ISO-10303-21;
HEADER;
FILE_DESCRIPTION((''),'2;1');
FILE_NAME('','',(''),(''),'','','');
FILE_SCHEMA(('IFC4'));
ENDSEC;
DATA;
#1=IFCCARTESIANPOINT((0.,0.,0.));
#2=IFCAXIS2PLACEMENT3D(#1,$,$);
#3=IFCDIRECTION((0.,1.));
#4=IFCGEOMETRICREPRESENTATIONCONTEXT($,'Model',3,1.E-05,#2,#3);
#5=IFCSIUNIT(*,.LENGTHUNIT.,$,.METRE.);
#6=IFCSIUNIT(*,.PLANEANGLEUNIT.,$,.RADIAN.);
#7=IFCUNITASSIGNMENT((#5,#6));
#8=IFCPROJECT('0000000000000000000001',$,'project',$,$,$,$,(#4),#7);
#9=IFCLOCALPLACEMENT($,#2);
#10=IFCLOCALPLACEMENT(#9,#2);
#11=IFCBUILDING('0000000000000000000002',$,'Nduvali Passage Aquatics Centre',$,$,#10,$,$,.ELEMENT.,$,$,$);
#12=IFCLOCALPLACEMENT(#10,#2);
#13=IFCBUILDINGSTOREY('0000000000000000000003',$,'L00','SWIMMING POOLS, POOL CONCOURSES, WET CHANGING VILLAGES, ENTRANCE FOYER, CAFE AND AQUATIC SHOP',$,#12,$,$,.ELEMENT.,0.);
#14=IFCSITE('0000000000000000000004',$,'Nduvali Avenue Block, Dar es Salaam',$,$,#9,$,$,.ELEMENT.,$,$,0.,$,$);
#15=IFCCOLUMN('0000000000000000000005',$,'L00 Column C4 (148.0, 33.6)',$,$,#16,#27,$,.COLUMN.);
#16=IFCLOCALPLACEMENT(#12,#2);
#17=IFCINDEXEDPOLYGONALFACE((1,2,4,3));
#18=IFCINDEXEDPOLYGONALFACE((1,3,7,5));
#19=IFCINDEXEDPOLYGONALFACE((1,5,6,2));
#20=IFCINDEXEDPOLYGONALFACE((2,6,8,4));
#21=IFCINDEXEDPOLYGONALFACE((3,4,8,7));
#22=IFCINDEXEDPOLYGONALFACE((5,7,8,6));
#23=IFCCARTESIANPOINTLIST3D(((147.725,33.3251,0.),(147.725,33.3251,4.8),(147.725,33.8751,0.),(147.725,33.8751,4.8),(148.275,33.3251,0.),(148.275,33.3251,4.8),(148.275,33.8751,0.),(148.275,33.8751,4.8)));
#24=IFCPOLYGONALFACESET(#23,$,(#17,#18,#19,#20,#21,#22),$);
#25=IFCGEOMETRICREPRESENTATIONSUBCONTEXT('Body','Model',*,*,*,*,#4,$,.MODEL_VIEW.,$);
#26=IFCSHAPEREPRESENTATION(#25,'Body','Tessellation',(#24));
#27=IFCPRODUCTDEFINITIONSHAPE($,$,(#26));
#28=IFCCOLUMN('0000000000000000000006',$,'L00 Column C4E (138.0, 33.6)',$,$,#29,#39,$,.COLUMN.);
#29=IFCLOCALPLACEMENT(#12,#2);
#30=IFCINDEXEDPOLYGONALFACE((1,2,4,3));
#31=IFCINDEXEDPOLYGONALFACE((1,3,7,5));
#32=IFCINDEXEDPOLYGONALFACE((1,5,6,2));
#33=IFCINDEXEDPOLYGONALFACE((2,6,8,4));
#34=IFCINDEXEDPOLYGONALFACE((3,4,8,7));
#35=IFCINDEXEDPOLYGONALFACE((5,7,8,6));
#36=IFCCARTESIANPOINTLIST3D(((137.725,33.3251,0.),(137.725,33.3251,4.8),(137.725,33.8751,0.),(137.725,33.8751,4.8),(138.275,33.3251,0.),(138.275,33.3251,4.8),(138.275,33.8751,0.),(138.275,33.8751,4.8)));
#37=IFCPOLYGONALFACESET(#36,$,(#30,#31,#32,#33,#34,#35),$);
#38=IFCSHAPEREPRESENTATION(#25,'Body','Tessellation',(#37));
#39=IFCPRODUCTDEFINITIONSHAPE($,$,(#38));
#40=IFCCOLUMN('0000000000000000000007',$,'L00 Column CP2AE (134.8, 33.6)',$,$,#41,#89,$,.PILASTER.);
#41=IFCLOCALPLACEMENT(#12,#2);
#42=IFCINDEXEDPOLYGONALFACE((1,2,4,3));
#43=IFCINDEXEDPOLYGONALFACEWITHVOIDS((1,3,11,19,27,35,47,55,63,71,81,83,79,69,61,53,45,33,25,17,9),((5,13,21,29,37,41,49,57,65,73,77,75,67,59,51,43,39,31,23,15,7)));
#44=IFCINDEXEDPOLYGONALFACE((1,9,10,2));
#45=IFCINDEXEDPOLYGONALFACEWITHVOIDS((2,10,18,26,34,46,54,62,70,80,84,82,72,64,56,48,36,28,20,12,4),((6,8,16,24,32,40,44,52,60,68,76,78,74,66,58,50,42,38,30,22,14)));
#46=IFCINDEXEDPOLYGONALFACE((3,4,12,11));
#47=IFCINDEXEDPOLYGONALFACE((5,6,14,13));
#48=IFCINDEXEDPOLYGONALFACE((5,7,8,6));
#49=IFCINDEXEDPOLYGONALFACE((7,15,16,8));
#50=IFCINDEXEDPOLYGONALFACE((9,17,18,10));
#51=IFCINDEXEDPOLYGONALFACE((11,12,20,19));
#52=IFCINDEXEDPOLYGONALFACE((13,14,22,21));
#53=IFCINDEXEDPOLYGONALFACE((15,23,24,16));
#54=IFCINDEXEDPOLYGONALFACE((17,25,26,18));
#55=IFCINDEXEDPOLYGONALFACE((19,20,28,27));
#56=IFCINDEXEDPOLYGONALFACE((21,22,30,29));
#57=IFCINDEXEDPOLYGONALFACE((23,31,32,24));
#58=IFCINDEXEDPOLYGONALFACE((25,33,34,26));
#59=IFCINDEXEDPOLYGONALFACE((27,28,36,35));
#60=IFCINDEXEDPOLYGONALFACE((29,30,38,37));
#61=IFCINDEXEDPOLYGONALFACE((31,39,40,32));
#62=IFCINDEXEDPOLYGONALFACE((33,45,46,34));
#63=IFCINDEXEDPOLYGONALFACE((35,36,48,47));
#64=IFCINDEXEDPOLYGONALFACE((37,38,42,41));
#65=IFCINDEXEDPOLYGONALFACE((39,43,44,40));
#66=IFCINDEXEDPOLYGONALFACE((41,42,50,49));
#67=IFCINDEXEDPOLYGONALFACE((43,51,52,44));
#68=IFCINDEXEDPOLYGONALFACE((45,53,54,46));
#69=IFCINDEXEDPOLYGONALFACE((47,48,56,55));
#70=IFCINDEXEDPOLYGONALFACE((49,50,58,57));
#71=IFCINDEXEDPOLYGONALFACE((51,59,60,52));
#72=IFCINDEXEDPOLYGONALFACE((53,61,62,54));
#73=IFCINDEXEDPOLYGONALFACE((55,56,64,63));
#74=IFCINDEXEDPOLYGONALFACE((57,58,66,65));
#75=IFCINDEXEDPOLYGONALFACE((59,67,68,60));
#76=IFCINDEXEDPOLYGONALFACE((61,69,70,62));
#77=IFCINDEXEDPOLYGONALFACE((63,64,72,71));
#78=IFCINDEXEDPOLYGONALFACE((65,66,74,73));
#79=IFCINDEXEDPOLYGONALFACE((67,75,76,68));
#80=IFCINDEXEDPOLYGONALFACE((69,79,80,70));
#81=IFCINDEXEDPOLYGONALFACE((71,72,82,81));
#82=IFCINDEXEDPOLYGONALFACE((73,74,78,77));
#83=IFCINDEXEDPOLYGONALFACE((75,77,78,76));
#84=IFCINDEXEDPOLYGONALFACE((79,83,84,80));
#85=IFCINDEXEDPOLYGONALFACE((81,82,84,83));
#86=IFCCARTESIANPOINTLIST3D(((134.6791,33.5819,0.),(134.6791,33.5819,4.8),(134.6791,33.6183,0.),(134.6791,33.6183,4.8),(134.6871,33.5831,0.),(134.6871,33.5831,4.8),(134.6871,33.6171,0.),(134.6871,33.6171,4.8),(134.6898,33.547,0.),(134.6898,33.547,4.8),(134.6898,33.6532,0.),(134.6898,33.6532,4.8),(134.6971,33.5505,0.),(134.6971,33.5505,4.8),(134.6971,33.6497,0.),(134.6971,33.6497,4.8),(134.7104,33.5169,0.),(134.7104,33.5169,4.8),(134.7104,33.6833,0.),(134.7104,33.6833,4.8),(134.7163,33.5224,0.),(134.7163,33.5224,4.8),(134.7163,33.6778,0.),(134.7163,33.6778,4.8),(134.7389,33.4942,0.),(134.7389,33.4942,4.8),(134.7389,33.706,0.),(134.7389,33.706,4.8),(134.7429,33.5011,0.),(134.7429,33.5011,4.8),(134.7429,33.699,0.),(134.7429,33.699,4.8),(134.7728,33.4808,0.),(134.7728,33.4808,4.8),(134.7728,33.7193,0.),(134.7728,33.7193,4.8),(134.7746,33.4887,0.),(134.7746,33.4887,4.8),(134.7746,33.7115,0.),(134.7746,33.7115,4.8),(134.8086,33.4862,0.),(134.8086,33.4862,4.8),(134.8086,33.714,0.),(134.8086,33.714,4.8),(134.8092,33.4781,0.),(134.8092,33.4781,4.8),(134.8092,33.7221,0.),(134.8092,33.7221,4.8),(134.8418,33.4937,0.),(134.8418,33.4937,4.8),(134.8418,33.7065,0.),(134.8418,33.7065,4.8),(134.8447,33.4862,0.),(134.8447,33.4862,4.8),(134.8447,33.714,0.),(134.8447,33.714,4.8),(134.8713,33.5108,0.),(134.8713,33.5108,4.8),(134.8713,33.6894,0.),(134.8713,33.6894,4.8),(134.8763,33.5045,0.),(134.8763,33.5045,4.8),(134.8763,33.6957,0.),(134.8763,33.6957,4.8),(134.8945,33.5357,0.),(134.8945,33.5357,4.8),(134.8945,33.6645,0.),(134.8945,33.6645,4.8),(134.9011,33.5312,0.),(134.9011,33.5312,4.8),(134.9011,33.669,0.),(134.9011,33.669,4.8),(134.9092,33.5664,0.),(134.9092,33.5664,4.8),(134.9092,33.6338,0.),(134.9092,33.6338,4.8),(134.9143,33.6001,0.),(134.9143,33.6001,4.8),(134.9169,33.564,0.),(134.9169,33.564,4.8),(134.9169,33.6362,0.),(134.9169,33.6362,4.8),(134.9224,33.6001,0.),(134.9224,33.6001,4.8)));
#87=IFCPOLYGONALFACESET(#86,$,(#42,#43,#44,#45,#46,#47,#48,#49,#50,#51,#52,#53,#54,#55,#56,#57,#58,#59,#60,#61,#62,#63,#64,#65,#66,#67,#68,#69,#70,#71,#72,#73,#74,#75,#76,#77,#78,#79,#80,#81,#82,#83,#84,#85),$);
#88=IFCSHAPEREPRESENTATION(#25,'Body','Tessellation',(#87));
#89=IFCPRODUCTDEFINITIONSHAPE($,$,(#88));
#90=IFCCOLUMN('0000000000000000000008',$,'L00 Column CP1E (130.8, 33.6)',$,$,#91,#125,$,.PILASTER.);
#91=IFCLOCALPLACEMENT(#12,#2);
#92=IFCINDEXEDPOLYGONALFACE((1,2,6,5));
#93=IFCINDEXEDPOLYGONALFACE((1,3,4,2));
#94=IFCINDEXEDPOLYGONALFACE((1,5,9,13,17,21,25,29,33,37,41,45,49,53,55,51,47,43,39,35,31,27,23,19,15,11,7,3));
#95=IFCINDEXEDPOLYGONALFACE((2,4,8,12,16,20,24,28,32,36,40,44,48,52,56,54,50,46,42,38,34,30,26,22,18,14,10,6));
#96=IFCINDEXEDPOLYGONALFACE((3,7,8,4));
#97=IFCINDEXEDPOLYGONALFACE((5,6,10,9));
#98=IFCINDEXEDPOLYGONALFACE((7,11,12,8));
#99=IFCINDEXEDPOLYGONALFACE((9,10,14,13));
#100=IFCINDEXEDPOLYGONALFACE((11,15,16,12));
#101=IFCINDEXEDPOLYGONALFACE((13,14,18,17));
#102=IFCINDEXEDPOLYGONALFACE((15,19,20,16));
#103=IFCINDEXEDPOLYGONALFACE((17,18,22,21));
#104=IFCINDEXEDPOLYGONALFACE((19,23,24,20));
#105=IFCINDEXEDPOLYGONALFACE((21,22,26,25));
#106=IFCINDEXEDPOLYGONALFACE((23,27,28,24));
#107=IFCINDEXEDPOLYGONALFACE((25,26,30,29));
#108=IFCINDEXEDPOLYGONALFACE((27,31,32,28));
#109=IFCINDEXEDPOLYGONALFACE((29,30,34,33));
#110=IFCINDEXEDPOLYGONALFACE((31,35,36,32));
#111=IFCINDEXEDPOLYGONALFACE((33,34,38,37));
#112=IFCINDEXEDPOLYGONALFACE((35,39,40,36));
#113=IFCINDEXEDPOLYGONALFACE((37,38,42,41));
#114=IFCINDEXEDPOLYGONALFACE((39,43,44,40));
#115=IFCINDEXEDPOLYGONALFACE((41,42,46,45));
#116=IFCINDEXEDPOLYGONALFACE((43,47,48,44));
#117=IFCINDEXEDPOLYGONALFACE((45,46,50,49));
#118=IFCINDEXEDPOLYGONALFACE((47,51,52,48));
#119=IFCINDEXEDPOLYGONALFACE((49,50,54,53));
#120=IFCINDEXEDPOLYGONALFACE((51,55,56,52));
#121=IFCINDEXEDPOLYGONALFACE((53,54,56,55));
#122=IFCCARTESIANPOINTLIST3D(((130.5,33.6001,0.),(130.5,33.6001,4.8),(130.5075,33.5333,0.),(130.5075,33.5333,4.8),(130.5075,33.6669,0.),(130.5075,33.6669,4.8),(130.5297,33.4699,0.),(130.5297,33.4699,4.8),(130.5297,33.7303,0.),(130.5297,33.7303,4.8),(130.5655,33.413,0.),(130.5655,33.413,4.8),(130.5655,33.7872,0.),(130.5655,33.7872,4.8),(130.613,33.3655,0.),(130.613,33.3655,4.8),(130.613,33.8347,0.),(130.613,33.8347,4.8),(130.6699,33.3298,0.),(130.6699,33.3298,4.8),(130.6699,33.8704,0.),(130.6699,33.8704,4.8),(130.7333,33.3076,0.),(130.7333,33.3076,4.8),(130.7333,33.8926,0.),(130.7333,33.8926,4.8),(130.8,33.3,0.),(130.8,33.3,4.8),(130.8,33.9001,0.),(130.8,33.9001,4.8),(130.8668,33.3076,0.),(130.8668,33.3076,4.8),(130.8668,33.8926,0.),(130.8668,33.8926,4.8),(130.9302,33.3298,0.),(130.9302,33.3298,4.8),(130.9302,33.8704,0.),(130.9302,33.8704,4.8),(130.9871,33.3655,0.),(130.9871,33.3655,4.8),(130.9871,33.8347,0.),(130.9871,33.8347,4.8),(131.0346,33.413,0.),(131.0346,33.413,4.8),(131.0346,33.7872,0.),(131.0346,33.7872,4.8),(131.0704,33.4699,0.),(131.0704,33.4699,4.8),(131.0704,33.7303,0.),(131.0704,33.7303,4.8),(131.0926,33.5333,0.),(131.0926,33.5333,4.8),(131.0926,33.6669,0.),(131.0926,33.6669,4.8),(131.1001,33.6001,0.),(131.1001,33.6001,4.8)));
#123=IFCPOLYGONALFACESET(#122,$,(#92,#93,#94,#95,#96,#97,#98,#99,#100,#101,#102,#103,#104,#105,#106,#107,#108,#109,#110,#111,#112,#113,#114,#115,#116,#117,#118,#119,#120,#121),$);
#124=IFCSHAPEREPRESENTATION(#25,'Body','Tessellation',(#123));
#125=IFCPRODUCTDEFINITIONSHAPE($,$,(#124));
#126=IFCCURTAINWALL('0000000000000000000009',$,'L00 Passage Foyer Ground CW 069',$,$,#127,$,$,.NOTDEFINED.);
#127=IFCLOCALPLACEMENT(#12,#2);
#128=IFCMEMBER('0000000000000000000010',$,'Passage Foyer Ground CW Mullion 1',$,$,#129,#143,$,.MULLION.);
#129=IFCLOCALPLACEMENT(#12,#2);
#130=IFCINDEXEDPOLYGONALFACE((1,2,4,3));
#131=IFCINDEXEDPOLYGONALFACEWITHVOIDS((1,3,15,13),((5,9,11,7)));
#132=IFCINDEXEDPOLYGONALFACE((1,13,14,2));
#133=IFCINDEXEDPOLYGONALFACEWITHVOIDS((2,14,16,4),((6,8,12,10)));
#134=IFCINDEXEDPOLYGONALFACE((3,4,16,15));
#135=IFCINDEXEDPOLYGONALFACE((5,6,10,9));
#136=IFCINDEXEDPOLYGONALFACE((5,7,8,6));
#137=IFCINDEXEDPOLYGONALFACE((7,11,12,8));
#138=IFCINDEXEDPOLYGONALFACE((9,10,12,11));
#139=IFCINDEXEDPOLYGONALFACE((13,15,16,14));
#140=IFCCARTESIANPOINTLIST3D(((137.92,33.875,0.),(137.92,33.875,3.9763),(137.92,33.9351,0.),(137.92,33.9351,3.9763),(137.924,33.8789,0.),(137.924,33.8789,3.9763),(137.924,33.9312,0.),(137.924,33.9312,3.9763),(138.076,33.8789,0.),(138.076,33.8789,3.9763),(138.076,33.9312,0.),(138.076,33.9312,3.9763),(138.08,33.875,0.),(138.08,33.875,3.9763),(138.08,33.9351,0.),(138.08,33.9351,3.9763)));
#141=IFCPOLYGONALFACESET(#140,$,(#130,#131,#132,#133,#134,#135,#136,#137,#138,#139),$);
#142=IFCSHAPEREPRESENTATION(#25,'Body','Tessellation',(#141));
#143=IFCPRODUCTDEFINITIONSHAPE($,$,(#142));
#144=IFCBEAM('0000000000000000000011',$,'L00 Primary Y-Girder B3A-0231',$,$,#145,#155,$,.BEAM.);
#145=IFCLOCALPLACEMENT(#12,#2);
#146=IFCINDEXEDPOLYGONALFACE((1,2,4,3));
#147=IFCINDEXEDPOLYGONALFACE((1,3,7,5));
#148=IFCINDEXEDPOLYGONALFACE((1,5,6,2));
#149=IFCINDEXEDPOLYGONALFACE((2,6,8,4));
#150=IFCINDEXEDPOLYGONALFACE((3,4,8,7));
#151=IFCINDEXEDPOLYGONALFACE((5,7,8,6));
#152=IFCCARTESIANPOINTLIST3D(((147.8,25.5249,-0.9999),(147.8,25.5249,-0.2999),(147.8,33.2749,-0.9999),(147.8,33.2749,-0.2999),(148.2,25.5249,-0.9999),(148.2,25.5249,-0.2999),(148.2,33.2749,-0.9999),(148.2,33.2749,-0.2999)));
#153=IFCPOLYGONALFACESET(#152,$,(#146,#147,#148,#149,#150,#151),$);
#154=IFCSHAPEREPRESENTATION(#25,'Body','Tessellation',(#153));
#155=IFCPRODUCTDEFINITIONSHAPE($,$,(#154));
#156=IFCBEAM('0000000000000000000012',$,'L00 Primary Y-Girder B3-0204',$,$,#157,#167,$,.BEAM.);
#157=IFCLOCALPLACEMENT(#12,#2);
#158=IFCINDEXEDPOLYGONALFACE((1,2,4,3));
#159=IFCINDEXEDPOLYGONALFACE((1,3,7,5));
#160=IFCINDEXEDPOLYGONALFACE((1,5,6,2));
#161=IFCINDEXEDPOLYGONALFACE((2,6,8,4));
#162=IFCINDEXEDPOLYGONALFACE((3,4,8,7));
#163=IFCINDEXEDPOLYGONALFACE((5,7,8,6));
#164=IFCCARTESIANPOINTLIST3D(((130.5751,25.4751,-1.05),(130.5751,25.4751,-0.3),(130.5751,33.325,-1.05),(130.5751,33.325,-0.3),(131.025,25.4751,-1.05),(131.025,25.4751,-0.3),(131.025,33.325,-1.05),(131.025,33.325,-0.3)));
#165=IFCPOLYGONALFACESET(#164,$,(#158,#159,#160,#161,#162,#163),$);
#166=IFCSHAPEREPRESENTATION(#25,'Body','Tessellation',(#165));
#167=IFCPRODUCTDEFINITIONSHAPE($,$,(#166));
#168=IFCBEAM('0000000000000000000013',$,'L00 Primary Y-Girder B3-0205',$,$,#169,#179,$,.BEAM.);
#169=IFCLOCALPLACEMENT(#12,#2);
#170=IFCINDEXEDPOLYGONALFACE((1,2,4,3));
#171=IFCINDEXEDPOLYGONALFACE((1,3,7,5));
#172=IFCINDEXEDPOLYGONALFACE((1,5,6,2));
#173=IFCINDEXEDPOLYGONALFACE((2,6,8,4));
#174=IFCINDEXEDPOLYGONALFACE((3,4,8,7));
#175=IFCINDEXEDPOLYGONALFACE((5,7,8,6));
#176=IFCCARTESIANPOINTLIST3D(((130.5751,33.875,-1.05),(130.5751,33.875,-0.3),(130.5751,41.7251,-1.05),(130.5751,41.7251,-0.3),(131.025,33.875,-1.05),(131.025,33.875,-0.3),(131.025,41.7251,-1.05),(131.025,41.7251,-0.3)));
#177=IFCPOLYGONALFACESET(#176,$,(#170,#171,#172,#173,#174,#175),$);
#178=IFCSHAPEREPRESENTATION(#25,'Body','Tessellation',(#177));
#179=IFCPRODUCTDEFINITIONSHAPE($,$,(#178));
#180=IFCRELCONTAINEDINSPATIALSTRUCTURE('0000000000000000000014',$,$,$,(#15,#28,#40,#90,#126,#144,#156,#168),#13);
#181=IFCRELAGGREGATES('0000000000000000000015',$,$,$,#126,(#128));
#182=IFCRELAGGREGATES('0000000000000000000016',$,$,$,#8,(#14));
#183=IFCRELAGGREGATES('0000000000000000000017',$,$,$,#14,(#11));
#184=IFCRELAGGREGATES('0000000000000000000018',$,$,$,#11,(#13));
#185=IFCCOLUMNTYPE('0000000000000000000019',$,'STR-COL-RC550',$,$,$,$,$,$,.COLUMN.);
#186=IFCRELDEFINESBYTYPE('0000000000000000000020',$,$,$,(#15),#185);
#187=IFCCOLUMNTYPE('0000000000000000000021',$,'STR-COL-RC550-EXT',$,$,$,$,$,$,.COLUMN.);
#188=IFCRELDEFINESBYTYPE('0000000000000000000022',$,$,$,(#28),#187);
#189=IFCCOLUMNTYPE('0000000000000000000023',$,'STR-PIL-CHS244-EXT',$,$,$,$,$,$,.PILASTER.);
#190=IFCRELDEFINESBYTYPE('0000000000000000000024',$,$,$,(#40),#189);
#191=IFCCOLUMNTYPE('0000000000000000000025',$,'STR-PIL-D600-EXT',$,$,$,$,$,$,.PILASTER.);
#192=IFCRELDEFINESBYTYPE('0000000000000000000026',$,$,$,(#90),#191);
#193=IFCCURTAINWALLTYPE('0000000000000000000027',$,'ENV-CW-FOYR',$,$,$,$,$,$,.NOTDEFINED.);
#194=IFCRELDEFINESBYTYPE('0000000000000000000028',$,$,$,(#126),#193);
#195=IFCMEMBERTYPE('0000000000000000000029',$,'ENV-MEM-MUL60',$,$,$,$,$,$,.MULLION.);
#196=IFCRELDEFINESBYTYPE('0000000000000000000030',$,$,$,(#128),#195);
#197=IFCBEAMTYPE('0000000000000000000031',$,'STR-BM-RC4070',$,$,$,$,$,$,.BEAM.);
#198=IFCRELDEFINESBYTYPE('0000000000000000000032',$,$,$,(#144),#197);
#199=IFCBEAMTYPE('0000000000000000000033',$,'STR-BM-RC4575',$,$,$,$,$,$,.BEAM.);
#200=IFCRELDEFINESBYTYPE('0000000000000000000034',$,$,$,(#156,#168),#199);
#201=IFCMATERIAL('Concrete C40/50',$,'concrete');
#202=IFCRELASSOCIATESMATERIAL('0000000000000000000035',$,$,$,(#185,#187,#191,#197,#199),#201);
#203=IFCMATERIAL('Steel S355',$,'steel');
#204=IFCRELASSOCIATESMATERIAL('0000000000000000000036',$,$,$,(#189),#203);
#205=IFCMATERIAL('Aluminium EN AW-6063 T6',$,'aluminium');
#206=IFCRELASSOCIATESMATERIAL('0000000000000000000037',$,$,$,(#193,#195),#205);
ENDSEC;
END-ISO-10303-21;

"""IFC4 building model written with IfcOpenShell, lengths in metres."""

from ifc_helpers import new_model, si_unit, direction, frame, origin, origin_2d, place, context, subcontext, project, spatial, rectangle, hollow_rectangle, circle, hollow_circle, extrude, material, material_profile, profile_set, type_object, element, aggregate, save


model = new_model("IFC4")

# Units and contexts
model_context = context("Model", 3, precision=1e-05, world=origin(), true_north=direction((0.0, 1.0)))
body_context = subcontext(model_context, "Body", "Model", "MODEL_VIEW")
ifc_project = project(units=[si_unit("LENGTHUNIT", "METRE"), si_unit("PLANEANGLEUNIT", "RADIAN")], contexts=[model_context])

# Site, building, storey
site_placement = place(None, origin())
site = spatial("IfcSite", under=ifc_project, at=site_placement, Name="Nduvali Avenue Block, Dar es Salaam", CompositionType="ELEMENT", RefElevation=0.0)
building_placement = place(site_placement, origin())
building = spatial("IfcBuilding", under=site, at=building_placement, Name="Nduvali Passage Aquatics Centre", CompositionType="ELEMENT")
storey_placement = place(building_placement, origin())
storey = spatial("IfcBuildingStorey", under=building, at=storey_placement, Name="L00", Description="SWIMMING POOLS, POOL CONCOURSES, WET CHANGING VILLAGES, ENTRANCE FOYER, CAFE AND AQUATIC SHOP", CompositionType="ELEMENT", Elevation=0.0)

# Columns
ifc_material_1 = material(Name="Concrete C40/50", Category="concrete")
ifc_material_profile_1 = material_profile(ifc_material_1, rectangle(XDim=0.55, YDim=0.55, at=origin_2d()), Name="RC 550x550")
ifc_profile_set_1 = profile_set([ifc_material_profile_1], Name="Concrete C40/50")
column_type_1 = type_object("IfcColumnType", Name="STR-COL-RC550", PredefinedType="COLUMN", material=ifc_profile_set_1)
column_1_placement = place(storey_placement, frame((148.0, 33.6001, 0.0), z_axis=(0.0, 0.0, 1.0), x_axis=(1.0, 0.0, 0.0)))
element("IfcColumn", 1, at=column_1_placement, inside=storey, type_object=column_type_1, Name="L00 Column C4 (148.0, 33.6)", PredefinedType="COLUMN", context=body_context, shape_type="SweptSolid", body=[
    extrude(rectangle(XDim=0.55, YDim=0.55, at=origin_2d()), origin(), (0.0, 0.0, 1.0), 4.8),
])
ifc_material_profile_2 = material_profile(ifc_material_1, rectangle(XDim=0.55, YDim=0.55, at=origin_2d()), Name="RC 550x550")
ifc_profile_set_2 = profile_set([ifc_material_profile_2], Name="Concrete C40/50")
column_type_2 = type_object("IfcColumnType", Name="STR-COL-RC550-EXT", PredefinedType="COLUMN", material=ifc_profile_set_2)
column_2_placement = place(storey_placement, frame((138.0, 33.6001, 0.0), z_axis=(0.0, 0.0, 1.0), x_axis=(1.0, 0.0, 0.0)))
element("IfcColumn", 2, at=column_2_placement, inside=storey, type_object=column_type_2, Name="L00 Column C4E (138.0, 33.6)", PredefinedType="COLUMN", context=body_context, shape_type="SweptSolid", body=[
    extrude(rectangle(XDim=0.55, YDim=0.55, at=origin_2d()), origin(), (0.0, 0.0, 1.0), 4.8),
])
ifc_material_2 = material(Name="Steel S355", Category="steel")
ifc_material_profile_3 = material_profile(ifc_material_2, hollow_circle(Radius=0.1223, WallThickness=0.0081, at=origin_2d()), Name="CHS 244.5x8.0")
ifc_profile_set_3 = profile_set([ifc_material_profile_3], Name="Steel S355")
column_type_3 = type_object("IfcColumnType", Name="STR-PIL-CHS244-EXT", PredefinedType="PILASTER", material=ifc_profile_set_3)
column_3_placement = place(storey_placement, frame((134.8, 33.6001, 0.0), z_axis=(0.0, 0.0, 1.0), x_axis=(1.0, 0.0, 0.0)))
element("IfcColumn", 3, at=column_3_placement, inside=storey, type_object=column_type_3, Name="L00 Column CP2AE (134.8, 33.6)", PredefinedType="PILASTER", context=body_context, shape_type="SweptSolid", body=[
    extrude(hollow_circle(Radius=0.1223, WallThickness=0.0081, at=origin_2d()), origin(), (0.0, 0.0, 1.0), 4.8),
])
ifc_material_profile_4 = material_profile(ifc_material_1, circle(Radius=0.3, at=origin_2d()), Name="RC D600")
ifc_profile_set_4 = profile_set([ifc_material_profile_4], Name="Concrete C40/50")
column_type_4 = type_object("IfcColumnType", Name="STR-PIL-D600-EXT", PredefinedType="PILASTER", material=ifc_profile_set_4)
column_4_placement = place(storey_placement, frame((130.8, 33.6001, 0.0), z_axis=(0.0, 0.0, 1.0), x_axis=(1.0, 0.0, 0.0)))
element("IfcColumn", 4, at=column_4_placement, inside=storey, type_object=column_type_4, Name="L00 Column CP1E (130.8, 33.6)", PredefinedType="PILASTER", context=body_context, shape_type="SweptSolid", body=[
    extrude(circle(Radius=0.3, at=origin_2d()), origin(), (0.0, 0.0, 1.0), 4.8),
])

# Curtain wall, member
ifc_material_3 = material(Name="Aluminium EN AW-6063 T6", Category="aluminium")
curtain_wall_type = type_object("IfcCurtainWallType", Name="ENV-CW-FOYR", PredefinedType="NOTDEFINED", material=ifc_material_3)
curtain_wall_placement = place(storey_placement, origin())
curtain_wall = element("IfcCurtainWall", 5, at=curtain_wall_placement, inside=storey, type_object=curtain_wall_type, Name="L00 Passage Foyer Ground CW 069", PredefinedType="NOTDEFINED")
ifc_material_profile_5 = material_profile(ifc_material_3, hollow_rectangle(XDim=0.0601, YDim=0.1599, WallThickness=0.0039, at=origin_2d()), Name="ALU MULLION 60x160x4")
ifc_profile_set_5 = profile_set([ifc_material_profile_5], Name="Aluminium EN AW-6063 T6")
member_type = type_object("IfcMemberType", Name="ENV-MEM-MUL60", PredefinedType="MULLION", material=ifc_profile_set_5)
member_placement = place(storey_placement, frame((138.0, 33.905, 0.0), z_axis=(0.0, 0.0, 1.0), x_axis=(0.0, 1.0, 0.0)))
member = element("IfcMember", 6, at=member_placement, type_object=member_type, Name="Passage Foyer Ground CW Mullion 1", PredefinedType="MULLION", context=body_context, shape_type="SweptSolid", body=[
    extrude(hollow_rectangle(XDim=0.0601, YDim=0.1599, WallThickness=0.0039, at=origin_2d()), origin(), (0.0, 0.0, 1.0), 3.9763),
])
aggregate(curtain_wall, [member])

# Beams
ifc_material_profile_6 = material_profile(ifc_material_1, rectangle(XDim=0.3999, YDim=0.7, at=origin_2d()), Name="RC 400x700")
ifc_profile_set_6 = profile_set([ifc_material_profile_6], Name="Concrete C40/50")
beam_type_1 = type_object("IfcBeamType", Name="STR-BM-RC4070", PredefinedType="BEAM", material=ifc_profile_set_6)
beam_1_placement = place(storey_placement, frame((148.0, 25.5249, -0.6499), z_axis=(0.0, 1.0, 0.0), x_axis=(-1.0, 0.0, 0.0)))
element("IfcBeam", 7, at=beam_1_placement, inside=storey, type_object=beam_type_1, Name="L00 Primary Y-Girder B3A-0231", PredefinedType="BEAM", context=body_context, shape_type="SweptSolid", body=[
    extrude(rectangle(XDim=0.3999, YDim=0.7, at=origin_2d()), origin(), (0.0, 0.0, 1.0), 7.75),
])
ifc_material_profile_7 = material_profile(ifc_material_1, rectangle(XDim=0.45, YDim=0.75, at=origin_2d()), Name="RC 450x750")
ifc_profile_set_7 = profile_set([ifc_material_profile_7], Name="Concrete C40/50")
beam_type_2 = type_object("IfcBeamType", Name="STR-BM-RC4575", PredefinedType="BEAM", material=ifc_profile_set_7)
beam_2_placement = place(storey_placement, frame((130.8, 25.4751, -0.675), z_axis=(0.0, 1.0, 0.0), x_axis=(-1.0, 0.0, 0.0)))
element("IfcBeam", 8, at=beam_2_placement, inside=storey, type_object=beam_type_2, Name="L00 Primary Y-Girder B3-0204", PredefinedType="BEAM", context=body_context, shape_type="SweptSolid", body=[
    extrude(rectangle(XDim=0.45, YDim=0.75, at=origin_2d()), origin(), (0.0, 0.0, 1.0), 7.8499),
])
beam_3_placement = place(storey_placement, frame((130.8, 33.875, -0.675), z_axis=(0.0, 1.0, 0.0), x_axis=(-1.0, 0.0, 0.0)))
element("IfcBeam", 9, at=beam_3_placement, inside=storey, type_object=beam_type_2, Name="L00 Primary Y-Girder B3-0205", PredefinedType="BEAM", context=body_context, shape_type="SweptSolid", body=[
    extrude(rectangle(XDim=0.45, YDim=0.75, at=origin_2d()), origin(), (0.0, 0.0, 1.0), 7.8501),
])

save(model, "model.ifc")
